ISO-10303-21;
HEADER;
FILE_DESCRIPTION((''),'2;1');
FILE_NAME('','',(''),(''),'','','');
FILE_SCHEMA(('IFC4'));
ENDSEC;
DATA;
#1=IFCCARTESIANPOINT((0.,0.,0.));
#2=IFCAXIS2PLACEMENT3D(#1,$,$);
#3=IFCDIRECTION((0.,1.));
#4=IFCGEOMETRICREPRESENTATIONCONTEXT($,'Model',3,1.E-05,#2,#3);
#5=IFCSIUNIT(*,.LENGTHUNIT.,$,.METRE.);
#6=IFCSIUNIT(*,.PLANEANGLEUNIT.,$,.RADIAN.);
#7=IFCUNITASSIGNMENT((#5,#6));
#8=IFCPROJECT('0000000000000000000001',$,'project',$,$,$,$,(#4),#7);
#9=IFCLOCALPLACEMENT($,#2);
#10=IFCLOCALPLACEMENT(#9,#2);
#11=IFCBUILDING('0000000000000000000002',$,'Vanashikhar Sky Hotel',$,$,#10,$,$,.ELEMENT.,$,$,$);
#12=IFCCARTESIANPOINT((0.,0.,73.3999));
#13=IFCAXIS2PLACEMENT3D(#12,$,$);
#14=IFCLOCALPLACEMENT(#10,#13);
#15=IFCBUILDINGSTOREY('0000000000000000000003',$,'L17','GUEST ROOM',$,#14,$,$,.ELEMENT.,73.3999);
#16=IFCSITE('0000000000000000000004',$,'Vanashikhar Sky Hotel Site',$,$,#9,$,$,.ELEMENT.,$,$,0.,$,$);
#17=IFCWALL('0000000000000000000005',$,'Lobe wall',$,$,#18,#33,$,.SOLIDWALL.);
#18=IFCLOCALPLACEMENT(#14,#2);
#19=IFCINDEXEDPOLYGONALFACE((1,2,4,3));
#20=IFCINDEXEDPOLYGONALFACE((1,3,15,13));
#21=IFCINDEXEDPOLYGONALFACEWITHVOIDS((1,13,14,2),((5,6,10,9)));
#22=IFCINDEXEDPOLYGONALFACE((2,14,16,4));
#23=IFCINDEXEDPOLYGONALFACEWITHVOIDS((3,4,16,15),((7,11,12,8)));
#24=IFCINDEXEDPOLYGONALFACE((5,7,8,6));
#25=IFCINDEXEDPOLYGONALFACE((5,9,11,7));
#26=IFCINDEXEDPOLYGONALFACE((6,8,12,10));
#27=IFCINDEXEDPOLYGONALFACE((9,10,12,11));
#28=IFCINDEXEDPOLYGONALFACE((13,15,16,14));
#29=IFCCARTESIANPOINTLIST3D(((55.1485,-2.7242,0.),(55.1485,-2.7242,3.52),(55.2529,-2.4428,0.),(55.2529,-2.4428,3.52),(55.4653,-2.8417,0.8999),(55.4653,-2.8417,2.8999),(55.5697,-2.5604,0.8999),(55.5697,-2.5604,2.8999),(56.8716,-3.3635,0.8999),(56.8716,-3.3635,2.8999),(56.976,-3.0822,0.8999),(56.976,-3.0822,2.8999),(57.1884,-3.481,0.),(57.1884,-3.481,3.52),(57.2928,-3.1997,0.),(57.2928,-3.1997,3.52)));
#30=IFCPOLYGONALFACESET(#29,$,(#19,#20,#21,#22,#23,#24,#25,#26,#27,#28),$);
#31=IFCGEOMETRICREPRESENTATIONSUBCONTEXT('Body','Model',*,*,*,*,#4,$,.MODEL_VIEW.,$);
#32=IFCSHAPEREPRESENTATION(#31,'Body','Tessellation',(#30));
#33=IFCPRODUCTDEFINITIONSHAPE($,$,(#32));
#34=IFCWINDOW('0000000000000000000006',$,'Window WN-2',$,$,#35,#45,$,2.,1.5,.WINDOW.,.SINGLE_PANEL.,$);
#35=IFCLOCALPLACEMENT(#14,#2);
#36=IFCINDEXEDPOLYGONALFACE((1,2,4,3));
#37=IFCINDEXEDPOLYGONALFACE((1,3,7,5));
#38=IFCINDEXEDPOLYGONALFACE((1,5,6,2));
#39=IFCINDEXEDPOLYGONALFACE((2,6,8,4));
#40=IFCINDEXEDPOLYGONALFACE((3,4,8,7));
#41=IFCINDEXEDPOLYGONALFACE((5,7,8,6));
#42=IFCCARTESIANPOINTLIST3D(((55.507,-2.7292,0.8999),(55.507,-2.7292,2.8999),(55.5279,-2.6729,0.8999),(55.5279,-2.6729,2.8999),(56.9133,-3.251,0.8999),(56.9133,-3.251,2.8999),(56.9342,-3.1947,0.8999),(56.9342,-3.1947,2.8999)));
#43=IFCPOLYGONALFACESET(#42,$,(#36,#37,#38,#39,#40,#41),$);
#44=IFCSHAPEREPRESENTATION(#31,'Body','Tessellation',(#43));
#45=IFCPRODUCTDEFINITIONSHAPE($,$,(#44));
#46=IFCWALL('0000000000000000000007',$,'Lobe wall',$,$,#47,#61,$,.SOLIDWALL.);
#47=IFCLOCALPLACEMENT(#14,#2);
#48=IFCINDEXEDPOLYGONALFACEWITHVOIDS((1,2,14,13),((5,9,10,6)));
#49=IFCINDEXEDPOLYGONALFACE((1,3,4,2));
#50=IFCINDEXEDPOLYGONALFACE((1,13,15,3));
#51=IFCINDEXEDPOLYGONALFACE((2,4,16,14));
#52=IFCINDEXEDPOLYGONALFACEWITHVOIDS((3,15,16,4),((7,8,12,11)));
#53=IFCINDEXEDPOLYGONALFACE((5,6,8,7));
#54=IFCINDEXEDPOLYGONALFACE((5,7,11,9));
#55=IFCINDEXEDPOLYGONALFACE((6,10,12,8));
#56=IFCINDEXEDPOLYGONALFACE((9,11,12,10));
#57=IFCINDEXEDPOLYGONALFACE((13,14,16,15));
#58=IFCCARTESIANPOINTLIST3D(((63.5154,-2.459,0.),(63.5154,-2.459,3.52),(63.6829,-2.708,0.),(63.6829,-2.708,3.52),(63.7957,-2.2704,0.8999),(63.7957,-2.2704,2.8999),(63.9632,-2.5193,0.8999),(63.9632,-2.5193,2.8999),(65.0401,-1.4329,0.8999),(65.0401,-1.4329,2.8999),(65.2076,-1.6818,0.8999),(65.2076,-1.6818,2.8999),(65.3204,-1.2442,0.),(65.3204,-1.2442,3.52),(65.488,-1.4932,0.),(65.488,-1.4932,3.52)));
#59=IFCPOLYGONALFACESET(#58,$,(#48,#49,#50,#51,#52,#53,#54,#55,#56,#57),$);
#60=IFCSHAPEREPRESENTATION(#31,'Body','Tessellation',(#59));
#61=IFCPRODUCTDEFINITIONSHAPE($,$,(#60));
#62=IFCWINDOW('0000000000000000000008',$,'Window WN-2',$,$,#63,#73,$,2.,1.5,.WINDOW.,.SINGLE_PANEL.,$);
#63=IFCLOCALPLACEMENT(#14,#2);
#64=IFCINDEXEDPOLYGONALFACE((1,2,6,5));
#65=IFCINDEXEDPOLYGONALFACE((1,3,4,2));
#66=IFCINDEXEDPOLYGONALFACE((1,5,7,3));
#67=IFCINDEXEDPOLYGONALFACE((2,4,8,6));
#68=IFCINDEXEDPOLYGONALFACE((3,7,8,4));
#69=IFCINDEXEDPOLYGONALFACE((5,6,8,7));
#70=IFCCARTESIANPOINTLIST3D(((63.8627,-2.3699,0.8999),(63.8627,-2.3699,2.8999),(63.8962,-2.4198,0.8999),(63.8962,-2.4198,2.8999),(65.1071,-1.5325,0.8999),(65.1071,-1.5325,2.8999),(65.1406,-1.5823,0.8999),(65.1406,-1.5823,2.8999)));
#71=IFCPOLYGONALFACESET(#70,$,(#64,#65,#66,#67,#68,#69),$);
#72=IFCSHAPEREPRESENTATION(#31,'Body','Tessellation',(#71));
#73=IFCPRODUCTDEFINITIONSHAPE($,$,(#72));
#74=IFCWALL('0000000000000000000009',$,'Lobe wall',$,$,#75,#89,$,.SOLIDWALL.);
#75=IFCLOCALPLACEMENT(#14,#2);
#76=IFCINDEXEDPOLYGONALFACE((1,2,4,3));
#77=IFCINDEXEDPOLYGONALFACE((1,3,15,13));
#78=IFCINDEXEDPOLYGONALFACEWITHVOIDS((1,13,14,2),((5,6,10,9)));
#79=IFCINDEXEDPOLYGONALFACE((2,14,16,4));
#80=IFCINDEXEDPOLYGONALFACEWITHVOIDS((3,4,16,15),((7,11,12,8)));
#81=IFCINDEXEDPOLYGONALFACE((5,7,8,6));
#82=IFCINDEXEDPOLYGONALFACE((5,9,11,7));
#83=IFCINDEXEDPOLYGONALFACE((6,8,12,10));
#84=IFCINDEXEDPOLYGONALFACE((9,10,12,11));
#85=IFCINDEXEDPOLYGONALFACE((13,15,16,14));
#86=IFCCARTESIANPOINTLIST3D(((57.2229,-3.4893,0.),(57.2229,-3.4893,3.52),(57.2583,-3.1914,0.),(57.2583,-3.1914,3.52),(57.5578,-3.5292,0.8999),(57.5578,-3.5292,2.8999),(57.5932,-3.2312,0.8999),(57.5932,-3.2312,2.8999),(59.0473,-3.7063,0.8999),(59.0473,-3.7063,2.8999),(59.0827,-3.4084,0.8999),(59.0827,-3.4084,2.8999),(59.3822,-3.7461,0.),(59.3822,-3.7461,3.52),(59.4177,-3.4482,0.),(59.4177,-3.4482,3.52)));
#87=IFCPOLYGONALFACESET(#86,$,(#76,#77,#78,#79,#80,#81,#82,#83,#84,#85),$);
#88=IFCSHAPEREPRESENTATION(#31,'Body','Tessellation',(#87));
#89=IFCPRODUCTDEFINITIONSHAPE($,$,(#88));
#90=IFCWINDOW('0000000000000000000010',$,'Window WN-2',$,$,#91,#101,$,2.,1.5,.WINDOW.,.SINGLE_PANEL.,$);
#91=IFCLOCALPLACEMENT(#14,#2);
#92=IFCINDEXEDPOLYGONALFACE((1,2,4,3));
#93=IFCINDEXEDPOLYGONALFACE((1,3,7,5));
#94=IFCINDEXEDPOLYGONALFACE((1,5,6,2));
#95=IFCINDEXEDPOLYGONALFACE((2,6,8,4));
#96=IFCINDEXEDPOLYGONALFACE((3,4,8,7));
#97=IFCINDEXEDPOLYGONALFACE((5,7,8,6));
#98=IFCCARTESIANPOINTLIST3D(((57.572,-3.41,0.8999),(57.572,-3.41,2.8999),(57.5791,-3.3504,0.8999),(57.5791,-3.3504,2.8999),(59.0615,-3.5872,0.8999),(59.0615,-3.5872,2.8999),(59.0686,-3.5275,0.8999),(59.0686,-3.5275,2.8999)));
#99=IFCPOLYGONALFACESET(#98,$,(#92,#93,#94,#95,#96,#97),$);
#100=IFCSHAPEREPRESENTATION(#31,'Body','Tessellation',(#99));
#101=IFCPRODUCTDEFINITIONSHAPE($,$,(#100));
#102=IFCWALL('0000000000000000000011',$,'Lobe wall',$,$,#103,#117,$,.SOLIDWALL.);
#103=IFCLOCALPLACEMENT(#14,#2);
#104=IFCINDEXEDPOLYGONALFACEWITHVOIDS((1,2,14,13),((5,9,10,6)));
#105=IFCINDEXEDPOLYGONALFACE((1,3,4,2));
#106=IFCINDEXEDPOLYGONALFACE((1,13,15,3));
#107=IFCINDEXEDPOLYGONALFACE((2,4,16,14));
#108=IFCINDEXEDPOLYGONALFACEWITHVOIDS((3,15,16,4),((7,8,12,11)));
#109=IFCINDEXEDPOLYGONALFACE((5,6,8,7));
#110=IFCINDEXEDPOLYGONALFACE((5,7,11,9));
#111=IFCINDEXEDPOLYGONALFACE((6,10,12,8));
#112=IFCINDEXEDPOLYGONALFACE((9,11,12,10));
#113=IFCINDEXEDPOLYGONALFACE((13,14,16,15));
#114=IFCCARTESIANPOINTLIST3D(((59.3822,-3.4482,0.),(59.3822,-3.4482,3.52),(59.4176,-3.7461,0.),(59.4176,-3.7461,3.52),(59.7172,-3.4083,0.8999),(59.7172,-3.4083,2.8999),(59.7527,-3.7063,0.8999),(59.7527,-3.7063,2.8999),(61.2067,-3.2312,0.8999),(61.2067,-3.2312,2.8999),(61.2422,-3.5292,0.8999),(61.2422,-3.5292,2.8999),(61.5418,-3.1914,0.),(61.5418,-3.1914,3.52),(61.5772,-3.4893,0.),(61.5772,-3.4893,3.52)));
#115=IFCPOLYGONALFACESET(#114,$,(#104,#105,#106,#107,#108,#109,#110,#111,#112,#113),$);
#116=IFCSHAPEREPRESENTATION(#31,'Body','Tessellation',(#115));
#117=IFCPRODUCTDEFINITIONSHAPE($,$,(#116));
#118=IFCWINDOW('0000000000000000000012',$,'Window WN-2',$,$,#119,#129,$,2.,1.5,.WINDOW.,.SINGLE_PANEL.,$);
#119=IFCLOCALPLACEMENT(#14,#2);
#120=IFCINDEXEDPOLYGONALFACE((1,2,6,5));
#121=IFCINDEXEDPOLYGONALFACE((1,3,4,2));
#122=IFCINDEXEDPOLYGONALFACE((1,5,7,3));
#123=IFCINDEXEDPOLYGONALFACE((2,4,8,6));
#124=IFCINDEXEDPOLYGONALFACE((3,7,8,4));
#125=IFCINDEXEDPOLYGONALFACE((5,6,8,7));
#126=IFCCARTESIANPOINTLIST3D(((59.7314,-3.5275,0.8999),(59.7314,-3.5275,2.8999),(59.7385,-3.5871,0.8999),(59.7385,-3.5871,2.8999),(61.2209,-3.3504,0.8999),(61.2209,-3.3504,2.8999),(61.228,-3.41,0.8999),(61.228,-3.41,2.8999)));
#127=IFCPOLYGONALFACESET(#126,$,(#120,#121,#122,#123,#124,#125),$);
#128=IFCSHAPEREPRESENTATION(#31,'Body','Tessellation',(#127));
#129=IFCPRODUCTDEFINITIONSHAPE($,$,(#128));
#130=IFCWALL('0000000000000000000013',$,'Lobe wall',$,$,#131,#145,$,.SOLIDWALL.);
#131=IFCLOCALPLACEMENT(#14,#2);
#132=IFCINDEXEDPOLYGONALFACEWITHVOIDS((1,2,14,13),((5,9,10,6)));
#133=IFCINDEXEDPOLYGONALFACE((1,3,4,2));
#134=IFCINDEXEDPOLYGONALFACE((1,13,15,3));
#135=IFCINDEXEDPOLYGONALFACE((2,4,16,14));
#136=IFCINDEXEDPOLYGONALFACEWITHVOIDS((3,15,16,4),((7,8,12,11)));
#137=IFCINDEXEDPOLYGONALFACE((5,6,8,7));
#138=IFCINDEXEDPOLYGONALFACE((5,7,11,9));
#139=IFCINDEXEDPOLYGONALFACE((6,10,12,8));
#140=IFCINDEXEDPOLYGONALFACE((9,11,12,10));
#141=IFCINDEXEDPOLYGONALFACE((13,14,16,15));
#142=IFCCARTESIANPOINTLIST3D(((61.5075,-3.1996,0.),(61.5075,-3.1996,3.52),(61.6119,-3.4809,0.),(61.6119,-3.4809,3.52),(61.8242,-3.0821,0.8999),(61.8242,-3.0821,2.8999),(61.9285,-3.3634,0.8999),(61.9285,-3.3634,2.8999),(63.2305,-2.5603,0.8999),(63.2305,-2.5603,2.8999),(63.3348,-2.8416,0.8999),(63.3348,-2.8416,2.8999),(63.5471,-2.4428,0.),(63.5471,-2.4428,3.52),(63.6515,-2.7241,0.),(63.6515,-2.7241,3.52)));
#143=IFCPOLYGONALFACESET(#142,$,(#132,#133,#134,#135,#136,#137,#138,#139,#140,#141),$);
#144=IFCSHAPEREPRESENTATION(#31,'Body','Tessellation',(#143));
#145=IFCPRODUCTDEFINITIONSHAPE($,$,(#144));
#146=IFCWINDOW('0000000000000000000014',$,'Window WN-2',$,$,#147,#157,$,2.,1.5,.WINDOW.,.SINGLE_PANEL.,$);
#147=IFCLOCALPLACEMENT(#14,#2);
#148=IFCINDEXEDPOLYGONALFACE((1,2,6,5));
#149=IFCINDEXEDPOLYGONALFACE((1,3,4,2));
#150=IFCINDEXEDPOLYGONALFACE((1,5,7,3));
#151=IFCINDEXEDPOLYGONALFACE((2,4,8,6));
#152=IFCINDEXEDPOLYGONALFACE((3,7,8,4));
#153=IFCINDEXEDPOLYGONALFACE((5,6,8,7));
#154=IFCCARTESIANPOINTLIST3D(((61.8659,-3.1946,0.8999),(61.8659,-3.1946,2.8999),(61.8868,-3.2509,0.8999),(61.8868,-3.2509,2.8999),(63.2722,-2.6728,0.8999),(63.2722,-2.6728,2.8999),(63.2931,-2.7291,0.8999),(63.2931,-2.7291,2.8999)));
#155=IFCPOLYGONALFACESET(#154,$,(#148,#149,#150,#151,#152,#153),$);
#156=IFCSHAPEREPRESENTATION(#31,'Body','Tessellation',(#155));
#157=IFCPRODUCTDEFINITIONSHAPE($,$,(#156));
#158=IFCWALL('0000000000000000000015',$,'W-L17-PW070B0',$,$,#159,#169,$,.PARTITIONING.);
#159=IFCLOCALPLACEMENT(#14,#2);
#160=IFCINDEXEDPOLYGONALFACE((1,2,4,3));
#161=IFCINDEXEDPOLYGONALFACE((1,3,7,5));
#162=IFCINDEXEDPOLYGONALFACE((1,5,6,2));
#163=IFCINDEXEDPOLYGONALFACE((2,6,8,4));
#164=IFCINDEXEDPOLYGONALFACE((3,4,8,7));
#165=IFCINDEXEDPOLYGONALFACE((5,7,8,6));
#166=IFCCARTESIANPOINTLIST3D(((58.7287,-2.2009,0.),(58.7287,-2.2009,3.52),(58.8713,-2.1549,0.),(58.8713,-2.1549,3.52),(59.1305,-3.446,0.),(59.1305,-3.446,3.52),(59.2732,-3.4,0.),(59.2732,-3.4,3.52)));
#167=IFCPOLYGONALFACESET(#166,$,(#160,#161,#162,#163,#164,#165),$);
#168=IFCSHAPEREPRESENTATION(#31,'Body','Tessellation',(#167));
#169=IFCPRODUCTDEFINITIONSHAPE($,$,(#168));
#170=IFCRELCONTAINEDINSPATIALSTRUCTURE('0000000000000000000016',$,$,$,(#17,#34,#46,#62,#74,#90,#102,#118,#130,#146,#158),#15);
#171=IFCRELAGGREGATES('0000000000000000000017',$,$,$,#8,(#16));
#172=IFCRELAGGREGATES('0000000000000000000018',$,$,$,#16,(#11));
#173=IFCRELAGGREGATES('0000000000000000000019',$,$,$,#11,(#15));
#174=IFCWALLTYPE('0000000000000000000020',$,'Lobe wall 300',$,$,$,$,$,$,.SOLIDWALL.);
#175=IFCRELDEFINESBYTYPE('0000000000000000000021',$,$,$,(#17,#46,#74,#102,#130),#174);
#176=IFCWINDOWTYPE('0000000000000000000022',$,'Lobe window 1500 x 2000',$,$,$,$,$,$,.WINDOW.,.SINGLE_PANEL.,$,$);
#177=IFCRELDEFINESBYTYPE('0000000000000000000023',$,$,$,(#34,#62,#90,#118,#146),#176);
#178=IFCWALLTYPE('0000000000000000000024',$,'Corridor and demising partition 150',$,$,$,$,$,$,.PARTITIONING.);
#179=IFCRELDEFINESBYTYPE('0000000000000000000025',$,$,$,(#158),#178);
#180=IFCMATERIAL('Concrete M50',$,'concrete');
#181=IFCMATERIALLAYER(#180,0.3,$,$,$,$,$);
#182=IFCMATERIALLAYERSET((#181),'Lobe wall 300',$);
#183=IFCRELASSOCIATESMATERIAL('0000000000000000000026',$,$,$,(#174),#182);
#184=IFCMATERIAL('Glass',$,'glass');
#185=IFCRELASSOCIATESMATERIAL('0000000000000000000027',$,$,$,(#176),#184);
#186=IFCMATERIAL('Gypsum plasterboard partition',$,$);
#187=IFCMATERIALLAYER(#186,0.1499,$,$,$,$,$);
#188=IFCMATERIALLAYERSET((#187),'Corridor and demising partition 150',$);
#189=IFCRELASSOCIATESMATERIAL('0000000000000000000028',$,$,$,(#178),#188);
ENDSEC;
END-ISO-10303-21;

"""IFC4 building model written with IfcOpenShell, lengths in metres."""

from ifc_helpers import new_model, si_unit, direction, frame, frame_2d, origin, place, context, subcontext, project, spatial, rectangle, extrude, source, transform, mapped, material, layer, layer_set, type_object, element, fill, save


model = new_model("IFC4")

# Units and contexts
model_context = context("Model", 3, precision=1e-05, world=origin(), true_north=direction((0.0, 1.0)))
body_context = subcontext(model_context, "Body", "Model", "MODEL_VIEW")
ifc_project = project(units=[si_unit("LENGTHUNIT", "METRE"), si_unit("PLANEANGLEUNIT", "RADIAN")], contexts=[model_context])

# Site, building, storey
site_placement = place(None, origin())
site = spatial("IfcSite", under=ifc_project, at=site_placement, Name="Vanashikhar Sky Hotel Site", CompositionType="ELEMENT", RefElevation=0.0)
building_placement = place(site_placement, origin())
building = spatial("IfcBuilding", under=site, at=building_placement, Name="Vanashikhar Sky Hotel", CompositionType="ELEMENT")
storey_placement = place(building_placement, frame((0.0, 0.0, 73.3999)))
storey = spatial("IfcBuildingStorey", under=building, at=storey_placement, Name="L17", Description="GUEST ROOM", CompositionType="ELEMENT", Elevation=73.3999)

# Walls, openings, windows
ifc_material_1 = material(Name="Concrete M50", Category="concrete")
ifc_layer_1 = layer(ifc_material_1, 0.3)
ifc_layer_set_1 = layer_set([ifc_layer_1], Name="Lobe wall 300")
wall_type_1 = type_object("IfcWallType", Name="Lobe wall 300", PredefinedType="SOLIDWALL", material=ifc_layer_set_1)
shared_shape_1 = source(origin(), body_context, "Body", "SweptSolid", [
    extrude(rectangle(XDim=2.1758, YDim=0.3, at=frame_2d((1.0879, 0.0))), origin(), (0.0, 0.0, 1.0), 3.52),
])
wall_1_placement = place(storey_placement, frame((55.2007, -2.5835, 0.0), z_axis=(0.0, 0.0, 1.0), x_axis=(0.937546, -0.347863, 0.0)))
wall_1 = element("IfcWall", 1, at=wall_1_placement, inside=storey, type_object=wall_type_1, Name="Lobe wall", PredefinedType="SOLIDWALL", context=body_context, shape_type="MappedRepresentation", body=[
    mapped(shared_shape_1, transform((0.0, 0.0, 0.0), scale=1.0)),
])
shared_shape_2 = source(origin(), body_context, "Body", "SweptSolid", [
    extrude(rectangle(XDim=1.5, YDim=2.0, at=frame_2d((0.75, 1.0))), frame((0.0, 0.1602, 0.0), z_axis=(0.0, -1.0, 0.0), x_axis=(1.0, 0.0, 0.0)), (0.0, 0.0, 1.0), 0.3201),
])
opening_1_placement = place(wall_1_placement, frame((0.3379, 0.0, 0.8999)))
opening_1 = element("IfcOpeningElement", 2, at=opening_1_placement, cuts=wall_1, PredefinedType="OPENING", context=body_context, shape_type="MappedRepresentation", body=[
    mapped(shared_shape_2, transform((0.0, 0.0, 0.0), scale=1.0)),
])
ifc_material_2 = material(Name="Glass", Category="glass")
window_type = type_object("IfcWindowType", Name="Lobe window 1500 x 2000", PartitioningType="SINGLE_PANEL", PredefinedType="WINDOW", material=ifc_material_2)
shared_shape_3 = source(origin(), body_context, "Body", "SweptSolid", [
    extrude(rectangle(XDim=1.5, YDim=2.0, at=frame_2d((0.75, 1.0))), frame((0.0, 0.03, 0.0), z_axis=(0.0, -1.0, 0.0), x_axis=(1.0, 0.0, 0.0)), (0.0, 0.0, 1.0), 0.0601),
])
window_1_placement = place(opening_1_placement, origin())
window_1 = element("IfcWindow", 3, at=window_1_placement, inside=storey, type_object=window_type, Name="Window WN-2", OverallHeight=2.0, OverallWidth=1.5, PartitioningType="SINGLE_PANEL", PredefinedType="WINDOW", context=body_context, shape_type="MappedRepresentation", body=[
    mapped(shared_shape_3, transform((0.0, 0.0, 0.0), scale=1.0)),
])
fill(opening_1, window_1)
wall_2_placement = place(storey_placement, frame((63.5991, -2.5835, 0.0), z_axis=(0.0, 0.0, 1.0), x_axis=(0.829626, 0.55832, 0.0)))
wall_2 = element("IfcWall", 4, at=wall_2_placement, inside=storey, type_object=wall_type_1, Name="Lobe wall", PredefinedType="SOLIDWALL", context=body_context, shape_type="MappedRepresentation", body=[
    mapped(shared_shape_1, transform((0.0, 0.0, 0.0), scale=1.0)),
])
opening_2_placement = place(wall_2_placement, frame((0.3379, 0.0, 0.8999)))
opening_2 = element("IfcOpeningElement", 5, at=opening_2_placement, cuts=wall_2, PredefinedType="OPENING", context=body_context, shape_type="MappedRepresentation", body=[
    mapped(shared_shape_2, transform((0.0, 0.0, 0.0), scale=1.0)),
])
window_2_placement = place(opening_2_placement, origin())
window_2 = element("IfcWindow", 6, at=window_2_placement, inside=storey, type_object=window_type, Name="Window WN-2", OverallHeight=2.0, OverallWidth=1.5, PartitioningType="SINGLE_PANEL", PredefinedType="WINDOW", context=body_context, shape_type="MappedRepresentation", body=[
    mapped(shared_shape_3, transform((0.0, 0.0, 0.0), scale=1.0)),
])
fill(opening_2, window_2)
shared_shape_4 = source(origin(), body_context, "Body", "SweptSolid", [
    extrude(rectangle(XDim=2.1746, YDim=0.3, at=frame_2d((1.0874, 0.0))), origin(), (0.0, 0.0, 1.0), 3.52),
])
wall_3_placement = place(storey_placement, frame((57.2405, -3.3403, 0.0), z_axis=(0.0, 0.0, 1.0), x_axis=(0.993001, -0.118105, 0.0)))
wall_3 = element("IfcWall", 7, at=wall_3_placement, inside=storey, type_object=wall_type_1, Name="Lobe wall", PredefinedType="SOLIDWALL", context=body_context, shape_type="MappedRepresentation", body=[
    mapped(shared_shape_4, transform((0.0, 0.0, 0.0), scale=1.0)),
])
opening_3_placement = place(wall_3_placement, frame((0.3374, 0.0, 0.8999)))
opening_3 = element("IfcOpeningElement", 8, at=opening_3_placement, cuts=wall_3, PredefinedType="OPENING", context=body_context, shape_type="MappedRepresentation", body=[
    mapped(shared_shape_2, transform((0.0, 0.0, 0.0), scale=1.0)),
])
window_3_placement = place(opening_3_placement, origin())
window_3 = element("IfcWindow", 9, at=window_3_placement, inside=storey, type_object=window_type, Name="Window WN-2", OverallHeight=2.0, OverallWidth=1.5, PartitioningType="SINGLE_PANEL", PredefinedType="WINDOW", context=body_context, shape_type="MappedRepresentation", body=[
    mapped(shared_shape_3, transform((0.0, 0.0, 0.0), scale=1.0)),
])
fill(opening_3, window_3)
shared_shape_5 = source(origin(), body_context, "Body", "SweptSolid", [
    extrude(rectangle(XDim=2.1748, YDim=0.3, at=frame_2d((1.0874, 0.0))), origin(), (0.0, 0.0, 1.0), 3.52),
])
wall_4_placement = place(storey_placement, frame((59.3999, -3.5972, 0.0), z_axis=(0.0, 0.0, 1.0), x_axis=(0.993003, 0.118092, 0.0)))
wall_4 = element("IfcWall", 10, at=wall_4_placement, inside=storey, type_object=wall_type_1, Name="Lobe wall", PredefinedType="SOLIDWALL", context=body_context, shape_type="MappedRepresentation", body=[
    mapped(shared_shape_5, transform((0.0, 0.0, 0.0), scale=1.0)),
])
opening_4_placement = place(wall_4_placement, frame((0.3374, 0.0, 0.8999)))
opening_4 = element("IfcOpeningElement", 11, at=opening_4_placement, cuts=wall_4, PredefinedType="OPENING", context=body_context, shape_type="MappedRepresentation", body=[
    mapped(shared_shape_2, transform((0.0, 0.0, 0.0), scale=1.0)),
])
window_4_placement = place(opening_4_placement, origin())
window_4 = element("IfcWindow", 12, at=window_4_placement, inside=storey, type_object=window_type, Name="Window WN-2", OverallHeight=2.0, OverallWidth=1.5, PartitioningType="SINGLE_PANEL", PredefinedType="WINDOW", context=body_context, shape_type="MappedRepresentation", body=[
    mapped(shared_shape_3, transform((0.0, 0.0, 0.0), scale=1.0)),
])
fill(opening_4, window_4)
shared_shape_6 = source(origin(), body_context, "Body", "SweptSolid", [
    extrude(rectangle(XDim=2.1755, YDim=0.3, at=frame_2d((1.0879, 0.0))), origin(), (0.0, 0.0, 1.0), 3.52),
])
wall_5_placement = place(storey_placement, frame((61.5596, -3.3403, 0.0), z_axis=(0.0, 0.0, 1.0), x_axis=(0.937532, 0.347899, 0.0)))
wall_5 = element("IfcWall", 13, at=wall_5_placement, inside=storey, type_object=wall_type_1, Name="Lobe wall", PredefinedType="SOLIDWALL", context=body_context, shape_type="MappedRepresentation", body=[
    mapped(shared_shape_6, transform((0.0, 0.0, 0.0), scale=1.0)),
])
opening_5_placement = place(wall_5_placement, frame((0.3379, 0.0, 0.8999)))
opening_5 = element("IfcOpeningElement", 14, at=opening_5_placement, cuts=wall_5, PredefinedType="OPENING", context=body_context, shape_type="MappedRepresentation", body=[
    mapped(shared_shape_2, transform((0.0, 0.0, 0.0), scale=1.0)),
])
window_5_placement = place(opening_5_placement, origin())
window_5 = element("IfcWindow", 15, at=window_5_placement, inside=storey, type_object=window_type, Name="Window WN-2", OverallHeight=2.0, OverallWidth=1.5, PartitioningType="SINGLE_PANEL", PredefinedType="WINDOW", context=body_context, shape_type="MappedRepresentation", body=[
    mapped(shared_shape_3, transform((0.0, 0.0, 0.0), scale=1.0)),
])
fill(opening_5, window_5)

# Wall
ifc_material_3 = material(Name="Gypsum plasterboard partition")
ifc_layer_2 = layer(ifc_material_3, 0.1499)
ifc_layer_set_2 = layer_set([ifc_layer_2], Name="Corridor and demising partition 150")
wall_type_2 = type_object("IfcWallType", Name="Corridor and demising partition 150", PredefinedType="PARTITIONING", material=ifc_layer_set_2)
shared_shape_7 = source(origin(), body_context, "Body", "SweptSolid", [
    extrude(rectangle(XDim=1.3083, YDim=0.1499, at=frame_2d((0.6543, 0.0))), origin(), (0.0, 0.0, 1.0), 3.52),
])
wall_6_placement = place(storey_placement, frame((59.2019, -3.4231, 0.0), z_axis=(0.0, 0.0, 1.0), x_axis=(-0.307145, 0.951663, 0.0)))
element("IfcWall", 16, at=wall_6_placement, inside=storey, type_object=wall_type_2, Name="W-L17-PW070B0", PredefinedType="PARTITIONING", context=body_context, shape_type="MappedRepresentation", body=[
    mapped(shared_shape_7, transform((0.0, 0.0, 0.0), scale=1.0)),
])

save(model, "model.ifc")
